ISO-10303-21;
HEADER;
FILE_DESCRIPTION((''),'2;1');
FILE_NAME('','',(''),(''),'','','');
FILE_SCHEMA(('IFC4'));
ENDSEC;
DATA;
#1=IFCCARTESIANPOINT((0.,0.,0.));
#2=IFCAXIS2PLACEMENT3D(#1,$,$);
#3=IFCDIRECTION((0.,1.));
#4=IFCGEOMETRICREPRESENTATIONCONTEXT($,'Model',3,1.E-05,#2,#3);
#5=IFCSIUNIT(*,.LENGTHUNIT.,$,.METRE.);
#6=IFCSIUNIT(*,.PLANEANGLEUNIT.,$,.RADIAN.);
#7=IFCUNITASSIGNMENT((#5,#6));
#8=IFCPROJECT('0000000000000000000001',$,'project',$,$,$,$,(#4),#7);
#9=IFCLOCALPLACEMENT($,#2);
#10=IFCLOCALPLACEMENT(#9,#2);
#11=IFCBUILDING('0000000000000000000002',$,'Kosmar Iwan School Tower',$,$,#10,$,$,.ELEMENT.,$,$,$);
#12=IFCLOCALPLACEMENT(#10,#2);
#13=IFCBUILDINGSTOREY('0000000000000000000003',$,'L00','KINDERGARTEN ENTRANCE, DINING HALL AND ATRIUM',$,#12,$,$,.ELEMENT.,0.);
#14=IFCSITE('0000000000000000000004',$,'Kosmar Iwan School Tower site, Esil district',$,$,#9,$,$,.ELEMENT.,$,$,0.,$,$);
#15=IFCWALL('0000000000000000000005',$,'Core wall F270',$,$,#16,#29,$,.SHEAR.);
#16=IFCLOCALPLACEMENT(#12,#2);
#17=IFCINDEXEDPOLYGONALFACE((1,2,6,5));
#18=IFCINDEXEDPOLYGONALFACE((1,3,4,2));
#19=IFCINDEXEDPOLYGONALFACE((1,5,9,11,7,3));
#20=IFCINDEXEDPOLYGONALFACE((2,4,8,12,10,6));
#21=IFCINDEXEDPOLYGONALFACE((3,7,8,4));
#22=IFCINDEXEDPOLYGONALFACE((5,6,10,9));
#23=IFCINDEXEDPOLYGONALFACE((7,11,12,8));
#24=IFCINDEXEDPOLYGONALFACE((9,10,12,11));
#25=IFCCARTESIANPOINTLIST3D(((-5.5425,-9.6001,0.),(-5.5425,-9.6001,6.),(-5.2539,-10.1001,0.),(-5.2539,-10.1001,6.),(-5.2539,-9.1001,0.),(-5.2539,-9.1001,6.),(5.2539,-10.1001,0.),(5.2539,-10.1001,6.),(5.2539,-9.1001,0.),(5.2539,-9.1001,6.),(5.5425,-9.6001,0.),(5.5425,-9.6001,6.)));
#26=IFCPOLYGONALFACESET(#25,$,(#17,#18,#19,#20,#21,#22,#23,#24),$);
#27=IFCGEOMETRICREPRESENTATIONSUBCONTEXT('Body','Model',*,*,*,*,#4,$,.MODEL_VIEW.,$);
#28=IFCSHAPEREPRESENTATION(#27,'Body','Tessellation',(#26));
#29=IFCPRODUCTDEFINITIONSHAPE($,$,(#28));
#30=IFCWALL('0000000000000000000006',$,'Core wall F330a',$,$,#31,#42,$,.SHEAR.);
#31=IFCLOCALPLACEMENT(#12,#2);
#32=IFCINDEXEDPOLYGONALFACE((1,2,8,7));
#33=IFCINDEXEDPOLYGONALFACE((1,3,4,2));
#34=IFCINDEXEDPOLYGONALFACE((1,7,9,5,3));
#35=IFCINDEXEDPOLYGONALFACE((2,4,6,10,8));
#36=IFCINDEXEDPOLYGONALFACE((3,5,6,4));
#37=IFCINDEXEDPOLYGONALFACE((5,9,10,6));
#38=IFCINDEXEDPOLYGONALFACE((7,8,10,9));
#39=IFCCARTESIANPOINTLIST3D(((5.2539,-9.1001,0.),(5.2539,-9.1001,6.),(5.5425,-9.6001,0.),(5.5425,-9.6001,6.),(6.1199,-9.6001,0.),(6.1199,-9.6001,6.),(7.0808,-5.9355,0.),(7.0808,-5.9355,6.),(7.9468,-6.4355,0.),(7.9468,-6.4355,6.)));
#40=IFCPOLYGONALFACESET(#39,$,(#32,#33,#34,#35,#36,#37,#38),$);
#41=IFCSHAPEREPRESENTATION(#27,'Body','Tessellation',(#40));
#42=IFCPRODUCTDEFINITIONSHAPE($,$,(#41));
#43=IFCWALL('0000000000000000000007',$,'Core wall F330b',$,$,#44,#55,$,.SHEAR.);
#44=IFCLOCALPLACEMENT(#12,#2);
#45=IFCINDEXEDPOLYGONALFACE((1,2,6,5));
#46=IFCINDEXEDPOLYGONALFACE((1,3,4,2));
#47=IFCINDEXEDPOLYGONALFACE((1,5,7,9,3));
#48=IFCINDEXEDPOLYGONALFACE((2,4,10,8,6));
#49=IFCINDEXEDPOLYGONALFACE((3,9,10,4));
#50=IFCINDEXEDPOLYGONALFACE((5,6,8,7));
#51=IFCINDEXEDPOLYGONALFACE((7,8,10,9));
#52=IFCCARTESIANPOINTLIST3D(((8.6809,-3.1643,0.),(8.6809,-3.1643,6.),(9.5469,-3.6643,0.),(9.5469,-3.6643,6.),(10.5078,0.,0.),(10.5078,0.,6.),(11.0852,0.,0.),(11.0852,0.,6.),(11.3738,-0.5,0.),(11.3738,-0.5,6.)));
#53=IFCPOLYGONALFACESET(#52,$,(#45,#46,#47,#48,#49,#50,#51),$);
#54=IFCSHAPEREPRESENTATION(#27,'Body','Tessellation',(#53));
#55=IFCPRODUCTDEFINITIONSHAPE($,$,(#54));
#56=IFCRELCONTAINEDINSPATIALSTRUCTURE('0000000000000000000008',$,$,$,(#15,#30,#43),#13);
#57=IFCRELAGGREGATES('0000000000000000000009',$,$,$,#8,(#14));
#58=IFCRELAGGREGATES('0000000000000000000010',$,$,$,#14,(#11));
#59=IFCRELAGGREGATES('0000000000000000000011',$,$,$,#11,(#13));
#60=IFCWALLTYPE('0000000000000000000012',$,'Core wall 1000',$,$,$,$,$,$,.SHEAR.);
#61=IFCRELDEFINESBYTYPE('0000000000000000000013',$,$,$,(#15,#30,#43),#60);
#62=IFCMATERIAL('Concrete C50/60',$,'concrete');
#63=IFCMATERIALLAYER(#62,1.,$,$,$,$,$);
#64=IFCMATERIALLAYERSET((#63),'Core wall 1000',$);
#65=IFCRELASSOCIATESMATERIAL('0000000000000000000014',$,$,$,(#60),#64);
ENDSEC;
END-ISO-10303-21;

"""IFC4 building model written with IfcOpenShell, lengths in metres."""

from ifc_helpers import new_model, si_unit, direction, origin, place, context, subcontext, project, spatial, polyline, outline, extrude, material, layer, layer_set, type_object, element, save


model = new_model("IFC4")

# Units and contexts
model_context = context("Model", 3, precision=1e-05, world=origin(), true_north=direction((0.0, 1.0)))
body_context = subcontext(model_context, "Body", "Model", "MODEL_VIEW")
ifc_project = project(units=[si_unit("LENGTHUNIT", "METRE"), si_unit("PLANEANGLEUNIT", "RADIAN")], contexts=[model_context])

# Site, building, storey
site_placement = place(None, origin())
site = spatial("IfcSite", under=ifc_project, at=site_placement, Name="Kosmar Iwan School Tower site, Esil district", CompositionType="ELEMENT", RefElevation=0.0)
building_placement = place(site_placement, origin())
building = spatial("IfcBuilding", under=site, at=building_placement, Name="Kosmar Iwan School Tower", CompositionType="ELEMENT")
storey_placement = place(building_placement, origin())
storey = spatial("IfcBuildingStorey", under=building, at=storey_placement, Name="L00", Description="KINDERGARTEN ENTRANCE, DINING HALL AND ATRIUM", CompositionType="ELEMENT", Elevation=0.0)

# Walls
ifc_material_1 = material(Name="Concrete C50/60", Category="concrete")
ifc_layer_1 = layer(ifc_material_1, 1.0)
ifc_layer_set_1 = layer_set([ifc_layer_1], Name="Core wall 1000")
wall_type = type_object("IfcWallType", Name="Core wall 1000", PredefinedType="SHEAR", material=ifc_layer_set_1)
wall_1_placement = place(storey_placement, origin())
element("IfcWall", 1, at=wall_1_placement, inside=storey, type_object=wall_type, Name="Core wall F270", PredefinedType="SHEAR", context=body_context, shape_type="SweptSolid", body=[
    extrude(outline(polyline([(-5.2539, -10.1001), (5.2539, -10.1001), (5.5425, -9.6001), (5.2539, -9.1001), (-5.2539, -9.1001), (-5.5425, -9.6001), (-5.2539, -10.1001)])), origin(), (0.0, 0.0, 1.0), 6.0),
])
wall_2_placement = place(storey_placement, origin())
element("IfcWall", 2, at=wall_2_placement, inside=storey, type_object=wall_type, Name="Core wall F330a", PredefinedType="SHEAR", context=body_context, shape_type="SweptSolid", body=[
    extrude(outline(polyline([(5.5425, -9.6001), (6.1199, -9.6001), (7.9468, -6.4355), (7.0808, -5.9355), (5.2539, -9.1001), (5.5425, -9.6001)])), origin(), (0.0, 0.0, 1.0), 6.0),
])
wall_3_placement = place(storey_placement, origin())
element("IfcWall", 3, at=wall_3_placement, inside=storey, type_object=wall_type, Name="Core wall F330b", PredefinedType="SHEAR", context=body_context, shape_type="SweptSolid", body=[
    extrude(outline(polyline([(9.5469, -3.6643), (11.3738, -0.5), (11.0852, 0.0), (10.5078, 0.0), (8.6809, -3.1643), (9.5469, -3.6643)])), origin(), (0.0, 0.0, 1.0), 6.0),
])

save(model, "model.ifc")
